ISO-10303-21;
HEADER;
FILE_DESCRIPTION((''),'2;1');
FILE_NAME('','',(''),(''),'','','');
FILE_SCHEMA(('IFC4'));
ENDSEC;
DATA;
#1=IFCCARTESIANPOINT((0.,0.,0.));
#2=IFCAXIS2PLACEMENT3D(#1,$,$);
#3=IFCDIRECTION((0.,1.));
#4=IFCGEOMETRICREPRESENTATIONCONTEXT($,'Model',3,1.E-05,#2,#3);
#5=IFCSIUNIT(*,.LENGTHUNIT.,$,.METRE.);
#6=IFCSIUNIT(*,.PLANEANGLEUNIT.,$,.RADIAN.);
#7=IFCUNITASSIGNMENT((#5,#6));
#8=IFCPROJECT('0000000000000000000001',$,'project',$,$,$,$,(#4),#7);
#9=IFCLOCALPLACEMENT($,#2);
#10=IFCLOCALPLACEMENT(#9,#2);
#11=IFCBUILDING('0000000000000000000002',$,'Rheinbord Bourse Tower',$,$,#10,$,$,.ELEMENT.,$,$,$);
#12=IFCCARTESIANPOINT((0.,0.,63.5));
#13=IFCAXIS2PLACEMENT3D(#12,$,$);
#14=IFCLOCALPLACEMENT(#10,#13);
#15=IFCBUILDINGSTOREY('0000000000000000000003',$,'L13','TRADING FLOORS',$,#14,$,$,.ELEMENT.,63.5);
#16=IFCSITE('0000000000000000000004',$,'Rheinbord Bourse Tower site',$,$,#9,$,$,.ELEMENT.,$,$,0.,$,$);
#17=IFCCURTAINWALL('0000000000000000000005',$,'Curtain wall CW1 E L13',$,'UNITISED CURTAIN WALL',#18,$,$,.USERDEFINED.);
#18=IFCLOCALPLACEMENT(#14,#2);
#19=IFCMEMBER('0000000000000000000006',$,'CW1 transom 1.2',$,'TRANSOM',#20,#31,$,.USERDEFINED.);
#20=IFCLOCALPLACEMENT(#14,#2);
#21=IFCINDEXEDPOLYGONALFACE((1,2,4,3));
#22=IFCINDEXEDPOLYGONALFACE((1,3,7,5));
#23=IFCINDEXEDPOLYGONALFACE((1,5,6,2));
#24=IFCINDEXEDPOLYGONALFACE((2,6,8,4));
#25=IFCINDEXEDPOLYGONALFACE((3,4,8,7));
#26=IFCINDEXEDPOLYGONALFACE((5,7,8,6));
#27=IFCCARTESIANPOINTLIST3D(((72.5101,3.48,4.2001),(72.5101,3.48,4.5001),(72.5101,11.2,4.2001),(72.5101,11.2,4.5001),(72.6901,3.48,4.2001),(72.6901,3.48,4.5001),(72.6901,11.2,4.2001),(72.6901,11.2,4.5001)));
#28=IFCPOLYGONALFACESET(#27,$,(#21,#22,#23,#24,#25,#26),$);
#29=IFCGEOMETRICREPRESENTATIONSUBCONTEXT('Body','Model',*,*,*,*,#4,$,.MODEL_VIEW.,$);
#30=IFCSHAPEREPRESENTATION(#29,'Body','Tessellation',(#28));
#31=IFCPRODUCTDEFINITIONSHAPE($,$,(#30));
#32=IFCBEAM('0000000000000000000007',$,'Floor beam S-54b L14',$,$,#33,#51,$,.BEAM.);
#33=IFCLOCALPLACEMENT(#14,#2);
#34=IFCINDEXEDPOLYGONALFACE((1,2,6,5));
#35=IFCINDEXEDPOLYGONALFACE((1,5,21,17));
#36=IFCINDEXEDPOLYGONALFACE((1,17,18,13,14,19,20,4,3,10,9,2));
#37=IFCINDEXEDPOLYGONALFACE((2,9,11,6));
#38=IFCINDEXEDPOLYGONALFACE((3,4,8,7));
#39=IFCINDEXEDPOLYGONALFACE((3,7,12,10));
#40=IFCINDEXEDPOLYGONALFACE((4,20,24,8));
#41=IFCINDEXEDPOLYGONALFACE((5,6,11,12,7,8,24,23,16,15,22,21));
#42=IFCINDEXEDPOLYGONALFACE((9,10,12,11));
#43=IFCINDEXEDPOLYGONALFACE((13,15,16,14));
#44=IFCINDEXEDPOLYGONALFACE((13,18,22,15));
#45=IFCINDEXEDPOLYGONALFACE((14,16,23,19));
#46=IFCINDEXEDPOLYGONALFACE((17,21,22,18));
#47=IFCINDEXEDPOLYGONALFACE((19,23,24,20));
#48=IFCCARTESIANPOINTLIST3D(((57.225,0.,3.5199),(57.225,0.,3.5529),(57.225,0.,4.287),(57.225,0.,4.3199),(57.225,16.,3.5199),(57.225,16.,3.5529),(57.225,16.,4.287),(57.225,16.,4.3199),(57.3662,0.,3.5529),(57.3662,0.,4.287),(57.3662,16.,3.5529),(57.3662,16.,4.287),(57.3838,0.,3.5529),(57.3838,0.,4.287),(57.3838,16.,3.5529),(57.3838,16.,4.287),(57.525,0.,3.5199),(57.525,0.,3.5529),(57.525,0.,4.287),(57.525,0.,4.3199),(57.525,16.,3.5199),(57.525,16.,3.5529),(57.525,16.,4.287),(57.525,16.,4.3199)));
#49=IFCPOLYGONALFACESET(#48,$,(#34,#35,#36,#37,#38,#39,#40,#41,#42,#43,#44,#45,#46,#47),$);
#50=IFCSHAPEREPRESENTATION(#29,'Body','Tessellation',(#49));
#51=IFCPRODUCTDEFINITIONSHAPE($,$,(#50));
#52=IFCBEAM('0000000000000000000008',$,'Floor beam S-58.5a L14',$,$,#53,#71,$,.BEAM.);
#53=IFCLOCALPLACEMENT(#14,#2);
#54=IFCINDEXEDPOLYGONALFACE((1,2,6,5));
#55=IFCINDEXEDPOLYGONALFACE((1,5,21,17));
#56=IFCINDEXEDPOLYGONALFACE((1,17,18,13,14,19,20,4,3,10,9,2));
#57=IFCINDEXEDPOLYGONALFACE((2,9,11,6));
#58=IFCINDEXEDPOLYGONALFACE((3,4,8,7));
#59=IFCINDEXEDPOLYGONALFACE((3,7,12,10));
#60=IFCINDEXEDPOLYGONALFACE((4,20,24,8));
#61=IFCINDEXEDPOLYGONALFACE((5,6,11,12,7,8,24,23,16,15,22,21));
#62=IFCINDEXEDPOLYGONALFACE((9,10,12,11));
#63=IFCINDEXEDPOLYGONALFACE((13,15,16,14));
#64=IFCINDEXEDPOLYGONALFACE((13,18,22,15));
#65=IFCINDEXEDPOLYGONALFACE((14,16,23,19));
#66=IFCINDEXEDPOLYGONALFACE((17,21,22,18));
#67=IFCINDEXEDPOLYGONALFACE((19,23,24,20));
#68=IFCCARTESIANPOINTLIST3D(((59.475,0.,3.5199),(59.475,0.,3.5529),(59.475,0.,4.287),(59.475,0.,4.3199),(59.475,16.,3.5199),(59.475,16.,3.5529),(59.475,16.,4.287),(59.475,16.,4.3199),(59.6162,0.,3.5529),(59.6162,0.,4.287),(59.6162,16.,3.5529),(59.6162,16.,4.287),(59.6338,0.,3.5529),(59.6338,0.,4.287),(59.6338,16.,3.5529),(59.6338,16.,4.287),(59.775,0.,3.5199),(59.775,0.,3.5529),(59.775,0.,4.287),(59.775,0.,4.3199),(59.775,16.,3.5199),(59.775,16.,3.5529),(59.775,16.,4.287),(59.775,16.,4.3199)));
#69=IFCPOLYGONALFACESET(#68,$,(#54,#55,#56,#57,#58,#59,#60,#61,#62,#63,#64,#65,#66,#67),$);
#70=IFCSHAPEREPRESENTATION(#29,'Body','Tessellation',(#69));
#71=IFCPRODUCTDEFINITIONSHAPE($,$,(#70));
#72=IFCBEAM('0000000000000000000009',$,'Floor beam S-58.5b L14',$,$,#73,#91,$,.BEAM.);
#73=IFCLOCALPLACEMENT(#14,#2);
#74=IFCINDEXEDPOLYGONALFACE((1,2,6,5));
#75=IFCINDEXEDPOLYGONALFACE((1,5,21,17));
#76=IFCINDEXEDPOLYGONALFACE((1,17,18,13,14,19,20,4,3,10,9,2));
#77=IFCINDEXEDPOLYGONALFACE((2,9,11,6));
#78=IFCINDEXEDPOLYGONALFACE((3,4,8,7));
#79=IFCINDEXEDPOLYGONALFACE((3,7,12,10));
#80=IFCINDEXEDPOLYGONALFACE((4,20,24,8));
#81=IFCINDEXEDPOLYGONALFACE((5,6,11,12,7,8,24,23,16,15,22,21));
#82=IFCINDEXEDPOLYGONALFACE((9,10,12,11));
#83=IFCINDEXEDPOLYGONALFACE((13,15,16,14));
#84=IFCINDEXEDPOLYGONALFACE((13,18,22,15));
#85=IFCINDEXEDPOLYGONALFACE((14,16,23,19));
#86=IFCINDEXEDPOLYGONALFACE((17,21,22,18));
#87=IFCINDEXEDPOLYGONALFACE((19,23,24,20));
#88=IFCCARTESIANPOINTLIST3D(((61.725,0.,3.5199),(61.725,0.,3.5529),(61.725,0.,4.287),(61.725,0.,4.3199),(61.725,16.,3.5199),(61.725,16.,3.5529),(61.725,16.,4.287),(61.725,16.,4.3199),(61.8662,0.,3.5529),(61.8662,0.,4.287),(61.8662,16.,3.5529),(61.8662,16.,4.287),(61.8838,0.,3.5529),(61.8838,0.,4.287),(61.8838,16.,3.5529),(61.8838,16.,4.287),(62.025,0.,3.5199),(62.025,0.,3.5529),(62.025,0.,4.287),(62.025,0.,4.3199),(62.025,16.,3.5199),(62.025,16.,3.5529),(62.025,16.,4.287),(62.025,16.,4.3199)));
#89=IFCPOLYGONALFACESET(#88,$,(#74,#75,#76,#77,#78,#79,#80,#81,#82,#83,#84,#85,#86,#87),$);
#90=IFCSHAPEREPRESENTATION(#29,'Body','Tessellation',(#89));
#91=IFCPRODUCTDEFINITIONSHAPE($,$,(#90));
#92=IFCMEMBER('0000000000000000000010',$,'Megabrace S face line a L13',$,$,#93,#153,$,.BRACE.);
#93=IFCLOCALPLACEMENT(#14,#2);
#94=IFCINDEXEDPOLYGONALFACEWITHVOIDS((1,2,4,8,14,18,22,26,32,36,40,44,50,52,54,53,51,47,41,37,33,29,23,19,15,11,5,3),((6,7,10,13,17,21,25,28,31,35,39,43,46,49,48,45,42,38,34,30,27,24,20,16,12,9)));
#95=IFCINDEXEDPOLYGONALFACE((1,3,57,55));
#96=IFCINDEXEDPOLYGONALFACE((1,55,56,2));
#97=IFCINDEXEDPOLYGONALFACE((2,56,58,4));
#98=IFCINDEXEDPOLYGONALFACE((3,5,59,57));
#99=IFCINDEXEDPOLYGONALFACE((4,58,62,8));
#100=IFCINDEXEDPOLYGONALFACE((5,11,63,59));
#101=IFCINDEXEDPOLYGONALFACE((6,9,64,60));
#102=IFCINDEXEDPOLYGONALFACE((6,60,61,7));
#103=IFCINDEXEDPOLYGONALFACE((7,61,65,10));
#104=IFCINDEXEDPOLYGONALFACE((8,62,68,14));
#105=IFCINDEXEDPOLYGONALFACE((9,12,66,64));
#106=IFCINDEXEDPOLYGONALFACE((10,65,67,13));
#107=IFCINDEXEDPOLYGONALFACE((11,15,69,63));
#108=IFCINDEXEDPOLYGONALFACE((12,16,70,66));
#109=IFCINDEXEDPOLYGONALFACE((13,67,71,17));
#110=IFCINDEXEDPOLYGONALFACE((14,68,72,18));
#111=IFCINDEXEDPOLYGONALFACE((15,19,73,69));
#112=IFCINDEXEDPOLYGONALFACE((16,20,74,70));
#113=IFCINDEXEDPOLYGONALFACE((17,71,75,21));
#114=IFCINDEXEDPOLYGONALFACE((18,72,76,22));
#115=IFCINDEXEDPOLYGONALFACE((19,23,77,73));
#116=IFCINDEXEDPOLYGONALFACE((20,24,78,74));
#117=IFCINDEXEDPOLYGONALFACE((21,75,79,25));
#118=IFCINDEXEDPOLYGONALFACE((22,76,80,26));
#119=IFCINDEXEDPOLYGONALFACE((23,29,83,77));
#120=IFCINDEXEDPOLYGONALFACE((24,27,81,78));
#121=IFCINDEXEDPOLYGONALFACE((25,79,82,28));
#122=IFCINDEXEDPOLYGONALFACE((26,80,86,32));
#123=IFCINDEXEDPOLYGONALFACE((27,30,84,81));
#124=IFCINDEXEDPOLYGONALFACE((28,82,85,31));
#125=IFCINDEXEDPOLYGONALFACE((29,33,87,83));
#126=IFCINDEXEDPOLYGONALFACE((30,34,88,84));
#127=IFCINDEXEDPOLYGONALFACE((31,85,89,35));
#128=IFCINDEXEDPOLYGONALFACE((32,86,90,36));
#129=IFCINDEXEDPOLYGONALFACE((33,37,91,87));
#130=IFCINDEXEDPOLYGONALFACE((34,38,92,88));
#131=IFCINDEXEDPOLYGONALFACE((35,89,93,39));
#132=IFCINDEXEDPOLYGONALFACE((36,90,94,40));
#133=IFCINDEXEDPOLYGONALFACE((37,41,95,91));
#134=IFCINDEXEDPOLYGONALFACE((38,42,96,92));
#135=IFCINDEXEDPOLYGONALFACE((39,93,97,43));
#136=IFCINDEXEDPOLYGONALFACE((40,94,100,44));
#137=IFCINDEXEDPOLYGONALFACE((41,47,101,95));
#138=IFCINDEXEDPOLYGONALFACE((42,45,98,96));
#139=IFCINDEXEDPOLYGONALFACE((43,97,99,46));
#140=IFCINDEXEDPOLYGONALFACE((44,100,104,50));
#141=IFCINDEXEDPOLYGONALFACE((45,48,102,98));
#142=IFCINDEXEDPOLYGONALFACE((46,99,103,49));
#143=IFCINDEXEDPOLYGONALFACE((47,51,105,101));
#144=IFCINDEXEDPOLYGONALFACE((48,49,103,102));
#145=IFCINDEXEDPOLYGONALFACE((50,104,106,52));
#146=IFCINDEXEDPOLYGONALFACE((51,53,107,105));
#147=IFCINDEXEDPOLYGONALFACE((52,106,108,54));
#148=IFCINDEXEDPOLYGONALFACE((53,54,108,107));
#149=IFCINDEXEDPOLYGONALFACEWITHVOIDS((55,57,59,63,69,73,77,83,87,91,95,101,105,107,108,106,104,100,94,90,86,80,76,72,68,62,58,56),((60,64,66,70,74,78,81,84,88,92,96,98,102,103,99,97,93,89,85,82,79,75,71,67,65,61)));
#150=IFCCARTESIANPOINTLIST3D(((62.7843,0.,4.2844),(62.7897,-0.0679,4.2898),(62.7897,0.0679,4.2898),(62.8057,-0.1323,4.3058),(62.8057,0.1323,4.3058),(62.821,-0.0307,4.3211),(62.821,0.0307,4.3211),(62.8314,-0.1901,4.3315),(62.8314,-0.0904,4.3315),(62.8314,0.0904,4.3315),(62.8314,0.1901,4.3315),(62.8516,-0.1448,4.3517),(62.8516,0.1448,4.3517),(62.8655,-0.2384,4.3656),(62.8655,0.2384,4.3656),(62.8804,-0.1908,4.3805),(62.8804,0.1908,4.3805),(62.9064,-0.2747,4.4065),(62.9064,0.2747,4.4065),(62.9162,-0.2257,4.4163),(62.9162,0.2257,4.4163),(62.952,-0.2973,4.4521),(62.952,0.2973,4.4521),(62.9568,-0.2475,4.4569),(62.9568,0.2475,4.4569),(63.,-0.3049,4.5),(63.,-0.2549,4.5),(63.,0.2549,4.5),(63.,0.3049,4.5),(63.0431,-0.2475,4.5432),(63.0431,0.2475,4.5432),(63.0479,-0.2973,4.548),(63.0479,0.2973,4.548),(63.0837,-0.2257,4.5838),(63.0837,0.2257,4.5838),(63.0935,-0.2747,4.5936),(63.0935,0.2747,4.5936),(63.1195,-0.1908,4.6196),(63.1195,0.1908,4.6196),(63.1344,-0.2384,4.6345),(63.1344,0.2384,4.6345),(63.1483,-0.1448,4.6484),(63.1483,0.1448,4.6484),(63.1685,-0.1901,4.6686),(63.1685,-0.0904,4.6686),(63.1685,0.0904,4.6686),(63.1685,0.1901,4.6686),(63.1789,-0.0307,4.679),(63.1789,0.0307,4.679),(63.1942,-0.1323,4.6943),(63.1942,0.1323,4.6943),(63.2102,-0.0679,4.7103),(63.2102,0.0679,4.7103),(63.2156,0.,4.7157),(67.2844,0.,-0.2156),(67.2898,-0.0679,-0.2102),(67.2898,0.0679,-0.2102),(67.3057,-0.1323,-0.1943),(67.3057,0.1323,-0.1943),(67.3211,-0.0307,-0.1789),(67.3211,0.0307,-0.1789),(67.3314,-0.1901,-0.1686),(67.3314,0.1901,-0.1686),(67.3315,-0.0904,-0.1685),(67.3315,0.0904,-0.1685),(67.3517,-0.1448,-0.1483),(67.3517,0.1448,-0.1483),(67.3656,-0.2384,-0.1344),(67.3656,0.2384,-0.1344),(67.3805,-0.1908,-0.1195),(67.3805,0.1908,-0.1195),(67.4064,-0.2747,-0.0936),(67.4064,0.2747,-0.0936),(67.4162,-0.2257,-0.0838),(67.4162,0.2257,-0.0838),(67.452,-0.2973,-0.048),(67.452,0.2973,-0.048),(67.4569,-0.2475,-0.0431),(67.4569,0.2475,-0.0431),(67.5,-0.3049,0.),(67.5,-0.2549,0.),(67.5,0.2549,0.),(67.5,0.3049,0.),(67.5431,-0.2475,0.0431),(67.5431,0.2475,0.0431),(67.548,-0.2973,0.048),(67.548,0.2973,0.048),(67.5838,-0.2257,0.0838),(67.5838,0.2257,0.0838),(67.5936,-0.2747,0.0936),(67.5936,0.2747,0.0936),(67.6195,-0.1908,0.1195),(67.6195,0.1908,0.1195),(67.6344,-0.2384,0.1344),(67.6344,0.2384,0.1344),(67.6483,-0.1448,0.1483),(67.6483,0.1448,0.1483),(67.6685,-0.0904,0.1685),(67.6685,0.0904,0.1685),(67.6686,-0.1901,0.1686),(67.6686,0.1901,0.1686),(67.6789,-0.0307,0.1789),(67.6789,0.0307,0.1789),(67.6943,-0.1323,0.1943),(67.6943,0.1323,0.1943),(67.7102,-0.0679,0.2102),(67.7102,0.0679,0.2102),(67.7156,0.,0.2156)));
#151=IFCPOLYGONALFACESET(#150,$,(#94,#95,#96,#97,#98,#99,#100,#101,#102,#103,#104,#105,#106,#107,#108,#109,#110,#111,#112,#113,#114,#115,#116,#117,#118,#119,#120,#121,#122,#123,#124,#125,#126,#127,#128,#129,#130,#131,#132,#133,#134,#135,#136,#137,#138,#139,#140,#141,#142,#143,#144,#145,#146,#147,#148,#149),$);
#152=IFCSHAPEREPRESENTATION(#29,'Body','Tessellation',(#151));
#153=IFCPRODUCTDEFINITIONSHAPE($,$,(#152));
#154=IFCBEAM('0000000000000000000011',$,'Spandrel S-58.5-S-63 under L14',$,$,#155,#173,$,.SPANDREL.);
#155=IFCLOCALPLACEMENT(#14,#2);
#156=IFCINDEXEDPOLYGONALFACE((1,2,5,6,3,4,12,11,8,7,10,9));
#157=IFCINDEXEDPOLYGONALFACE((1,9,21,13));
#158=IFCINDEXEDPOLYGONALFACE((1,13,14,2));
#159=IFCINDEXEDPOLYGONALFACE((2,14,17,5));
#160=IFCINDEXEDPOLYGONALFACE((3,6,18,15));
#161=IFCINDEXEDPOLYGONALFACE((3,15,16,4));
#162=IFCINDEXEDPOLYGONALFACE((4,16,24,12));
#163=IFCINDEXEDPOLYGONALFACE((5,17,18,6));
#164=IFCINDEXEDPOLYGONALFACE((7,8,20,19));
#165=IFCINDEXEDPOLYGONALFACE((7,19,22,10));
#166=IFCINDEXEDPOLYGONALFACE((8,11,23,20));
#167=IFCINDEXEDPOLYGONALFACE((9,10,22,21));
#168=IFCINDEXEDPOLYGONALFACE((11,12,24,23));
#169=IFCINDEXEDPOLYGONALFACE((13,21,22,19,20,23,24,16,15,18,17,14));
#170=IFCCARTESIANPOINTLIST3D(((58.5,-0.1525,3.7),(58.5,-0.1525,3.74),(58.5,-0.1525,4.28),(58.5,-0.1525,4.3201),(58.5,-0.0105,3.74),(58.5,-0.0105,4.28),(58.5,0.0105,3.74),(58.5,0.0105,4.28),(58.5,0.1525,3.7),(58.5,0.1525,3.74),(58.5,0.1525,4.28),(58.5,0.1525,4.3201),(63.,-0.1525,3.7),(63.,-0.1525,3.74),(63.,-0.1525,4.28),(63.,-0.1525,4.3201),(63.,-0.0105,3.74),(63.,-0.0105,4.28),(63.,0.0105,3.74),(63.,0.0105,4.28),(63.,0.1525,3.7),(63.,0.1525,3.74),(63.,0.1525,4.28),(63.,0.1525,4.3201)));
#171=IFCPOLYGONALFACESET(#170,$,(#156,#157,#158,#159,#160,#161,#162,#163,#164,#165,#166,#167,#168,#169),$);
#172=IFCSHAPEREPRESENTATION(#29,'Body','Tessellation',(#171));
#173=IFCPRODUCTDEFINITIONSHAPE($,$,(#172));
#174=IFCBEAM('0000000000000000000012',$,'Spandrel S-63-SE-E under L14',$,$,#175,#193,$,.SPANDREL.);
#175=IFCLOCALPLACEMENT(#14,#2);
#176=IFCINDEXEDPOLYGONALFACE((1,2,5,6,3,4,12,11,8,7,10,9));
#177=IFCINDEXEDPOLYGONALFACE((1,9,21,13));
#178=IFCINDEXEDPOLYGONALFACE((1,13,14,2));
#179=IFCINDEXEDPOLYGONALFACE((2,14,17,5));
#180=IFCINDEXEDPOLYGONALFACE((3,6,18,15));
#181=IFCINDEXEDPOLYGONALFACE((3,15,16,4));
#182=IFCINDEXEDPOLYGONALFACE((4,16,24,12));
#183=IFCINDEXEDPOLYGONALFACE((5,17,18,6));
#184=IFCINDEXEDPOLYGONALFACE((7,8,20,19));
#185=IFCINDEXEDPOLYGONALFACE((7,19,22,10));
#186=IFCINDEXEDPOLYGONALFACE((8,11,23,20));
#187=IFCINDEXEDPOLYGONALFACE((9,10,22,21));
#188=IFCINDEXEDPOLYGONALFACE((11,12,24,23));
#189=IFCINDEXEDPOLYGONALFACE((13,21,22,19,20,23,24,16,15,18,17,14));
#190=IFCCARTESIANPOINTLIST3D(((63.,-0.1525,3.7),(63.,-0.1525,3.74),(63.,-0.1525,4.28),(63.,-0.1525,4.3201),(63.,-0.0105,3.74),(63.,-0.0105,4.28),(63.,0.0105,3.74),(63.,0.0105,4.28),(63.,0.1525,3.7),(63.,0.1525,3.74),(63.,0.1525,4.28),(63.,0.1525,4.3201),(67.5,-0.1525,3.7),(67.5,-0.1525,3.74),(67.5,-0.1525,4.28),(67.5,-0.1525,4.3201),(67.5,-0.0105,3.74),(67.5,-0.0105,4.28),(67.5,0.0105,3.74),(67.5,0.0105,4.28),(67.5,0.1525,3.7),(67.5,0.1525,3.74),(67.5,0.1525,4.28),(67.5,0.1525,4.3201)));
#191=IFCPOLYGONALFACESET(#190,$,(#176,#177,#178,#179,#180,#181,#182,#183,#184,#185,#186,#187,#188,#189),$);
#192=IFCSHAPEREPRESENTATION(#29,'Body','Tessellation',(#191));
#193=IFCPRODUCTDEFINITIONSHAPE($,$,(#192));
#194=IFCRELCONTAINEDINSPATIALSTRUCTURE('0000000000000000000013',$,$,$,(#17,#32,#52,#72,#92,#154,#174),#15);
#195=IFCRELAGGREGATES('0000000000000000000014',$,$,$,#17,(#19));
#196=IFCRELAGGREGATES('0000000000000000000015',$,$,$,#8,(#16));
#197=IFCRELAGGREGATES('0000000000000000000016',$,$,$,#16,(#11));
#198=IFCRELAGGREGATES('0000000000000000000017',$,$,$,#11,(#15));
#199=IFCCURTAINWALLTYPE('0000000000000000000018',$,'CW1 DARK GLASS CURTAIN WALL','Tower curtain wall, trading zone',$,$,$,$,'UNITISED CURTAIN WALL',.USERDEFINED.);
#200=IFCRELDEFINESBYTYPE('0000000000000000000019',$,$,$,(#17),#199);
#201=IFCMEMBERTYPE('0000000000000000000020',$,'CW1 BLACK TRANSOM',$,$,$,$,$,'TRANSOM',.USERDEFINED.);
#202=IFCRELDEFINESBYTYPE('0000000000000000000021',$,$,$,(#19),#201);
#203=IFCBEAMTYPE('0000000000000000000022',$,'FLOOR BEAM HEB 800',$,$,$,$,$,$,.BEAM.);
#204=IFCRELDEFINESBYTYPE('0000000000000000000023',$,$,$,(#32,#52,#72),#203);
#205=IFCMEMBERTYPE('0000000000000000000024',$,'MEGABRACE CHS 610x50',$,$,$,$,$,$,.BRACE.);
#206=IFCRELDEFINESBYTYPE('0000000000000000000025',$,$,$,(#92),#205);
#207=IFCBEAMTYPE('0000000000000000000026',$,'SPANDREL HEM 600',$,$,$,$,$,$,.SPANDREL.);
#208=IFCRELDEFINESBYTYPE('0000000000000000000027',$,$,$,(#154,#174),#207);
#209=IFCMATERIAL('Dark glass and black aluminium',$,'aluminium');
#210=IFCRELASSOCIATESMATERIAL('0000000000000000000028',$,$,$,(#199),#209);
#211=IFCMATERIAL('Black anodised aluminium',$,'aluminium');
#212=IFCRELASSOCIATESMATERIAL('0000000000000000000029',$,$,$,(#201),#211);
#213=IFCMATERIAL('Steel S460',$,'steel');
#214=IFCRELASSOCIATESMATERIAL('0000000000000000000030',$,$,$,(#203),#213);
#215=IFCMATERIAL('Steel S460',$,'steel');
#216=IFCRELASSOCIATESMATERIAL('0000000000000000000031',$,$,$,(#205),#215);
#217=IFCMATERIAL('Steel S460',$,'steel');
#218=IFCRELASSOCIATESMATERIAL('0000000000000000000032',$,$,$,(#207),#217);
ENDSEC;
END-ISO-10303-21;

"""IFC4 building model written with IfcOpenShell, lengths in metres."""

from ifc_helpers import new_model, si_unit, direction, frame, origin, origin_2d, place, context, subcontext, project, spatial, rectangle, hollow_circle, i_section, extrude, material, material_profile, profile_set, type_object, element, aggregate, save


model = new_model("IFC4")

# Units and contexts
model_context = context("Model", 3, precision=1e-05, world=origin(), true_north=direction((0.0, 1.0)))
body_context = subcontext(model_context, "Body", "Model", "MODEL_VIEW")
ifc_project = project(units=[si_unit("LENGTHUNIT", "METRE"), si_unit("PLANEANGLEUNIT", "RADIAN")], contexts=[model_context])

# Site, building, storey
site_placement = place(None, origin())
site = spatial("IfcSite", under=ifc_project, at=site_placement, Name="Rheinbord Bourse Tower site", CompositionType="ELEMENT", RefElevation=0.0)
building_placement = place(site_placement, origin())
building = spatial("IfcBuilding", under=site, at=building_placement, Name="Rheinbord Bourse Tower", CompositionType="ELEMENT")
storey_placement = place(building_placement, frame((0.0, 0.0, 63.5)))
storey = spatial("IfcBuildingStorey", under=building, at=storey_placement, Name="L13", Description="TRADING FLOORS", CompositionType="ELEMENT", Elevation=63.5)

# Shared definitions
ifc_material_1 = material(Name="Dark glass and black aluminium", Category="aluminium")
curtain_wall_type = type_object("IfcCurtainWallType", Name="CW1 DARK GLASS CURTAIN WALL", Description="Tower curtain wall, trading zone", ElementType="UNITISED CURTAIN WALL", PredefinedType="USERDEFINED", material=ifc_material_1)

# Curtain wall
curtain_wall_1_placement = place(storey_placement, origin())
curtain_wall_1 = element("IfcCurtainWall", 1, at=curtain_wall_1_placement, inside=storey, type_object=curtain_wall_type, Name="Curtain wall CW1 E L13", ObjectType="UNITISED CURTAIN WALL", PredefinedType="USERDEFINED")

# Member
ifc_material_2 = material(Name="Black anodised aluminium", Category="aluminium")
ifc_material_profile_1 = material_profile(ifc_material_2, rectangle(XDim=0.1799, YDim=0.3, at=origin_2d()), Name="CW1 TRANSOM 300x180")
ifc_profile_set_1 = profile_set([ifc_material_profile_1], Name="Black anodised aluminium")
member_type_1 = type_object("IfcMemberType", Name="CW1 BLACK TRANSOM", ElementType="TRANSOM", PredefinedType="USERDEFINED", material=ifc_profile_set_1)
member_1_placement = place(storey_placement, frame((72.6001, 3.48, 4.3501), z_axis=(0.0, 1.0, 0.0), x_axis=(-1.0, 0.0, 0.0)))
member_1 = element("IfcMember", 2, at=member_1_placement, type_object=member_type_1, Name="CW1 transom 1.2", ObjectType="TRANSOM", PredefinedType="USERDEFINED", context=body_context, shape_type="SweptSolid", body=[
    extrude(rectangle(XDim=0.1799, YDim=0.3, at=origin_2d()), origin(), (0.0, 0.0, 1.0), 7.72),
])

# Beams
ifc_material_3 = material(Name="Steel S460", Category="steel")
ifc_material_profile_2 = material_profile(ifc_material_3, i_section(OverallWidth=0.3, OverallDepth=0.8, WebThickness=0.0176, FlangeThickness=0.033, at=origin_2d()), Name="HEB 800")
ifc_profile_set_2 = profile_set([ifc_material_profile_2], Name="Steel S460")
beam_type_1 = type_object("IfcBeamType", Name="FLOOR BEAM HEB 800", PredefinedType="BEAM", material=ifc_profile_set_2)
for number, where, z_axis, x_axis, name in (
    (3, (57.375, 0.0, 3.9199), (0.0, 1.0, 0.0), (-1.0, 0.0, 0.0), "Floor beam S-54b L14"),
    (4, (59.625, 0.0, 3.9199), (0.0, 1.0, 0.0), (-1.0, 0.0, 0.0), "Floor beam S-58.5a L14"),
    (5, (61.875, 0.0, 3.9199), (0.0, 1.0, 0.0), (-1.0, 0.0, 0.0), "Floor beam S-58.5b L14"),
):
    element("IfcBeam", number, at=place(storey_placement, frame(where, z_axis=z_axis, x_axis=x_axis)), inside=storey, type_object=beam_type_1, Name=name, PredefinedType="BEAM", context=body_context, shape_type="SweptSolid", body=[
        extrude(i_section(OverallWidth=0.3, OverallDepth=0.8, WebThickness=0.0176, FlangeThickness=0.033, at=origin_2d()), origin(), (0.0, 0.0, 1.0), 16.0),
    ])

# Member
ifc_material_4 = material(Name="Steel S460", Category="steel")
ifc_material_profile_3 = material_profile(ifc_material_4, hollow_circle(Radius=0.3049, WallThickness=0.05, at=origin_2d()), Name="CHS 610x50")
ifc_profile_set_3 = profile_set([ifc_material_profile_3], Name="Steel S460")
member_type_2 = type_object("IfcMemberType", Name="MEGABRACE CHS 610x50", PredefinedType="BRACE", material=ifc_profile_set_3)
member_2_placement = place(storey_placement, frame((67.5, 0.0, 0.0), z_axis=(-0.707107, 0.0, 0.707107), x_axis=(0.0, -1.0, 0.0)))
element("IfcMember", 6, at=member_2_placement, inside=storey, type_object=member_type_2, Name="Megabrace S face line a L13", PredefinedType="BRACE", context=body_context, shape_type="SweptSolid", body=[
    extrude(hollow_circle(Radius=0.3049, WallThickness=0.05, at=origin_2d()), origin(), (0.0, 0.0, 1.0), 6.364),
])

# Beams
ifc_material_5 = material(Name="Steel S460", Category="steel")
ifc_material_profile_4 = material_profile(ifc_material_5, i_section(OverallWidth=0.3049, OverallDepth=0.6201, WebThickness=0.021, FlangeThickness=0.04, at=origin_2d()), Name="HEM 600")
ifc_profile_set_4 = profile_set([ifc_material_profile_4], Name="Steel S460")
beam_type_2 = type_object("IfcBeamType", Name="SPANDREL HEM 600", PredefinedType="SPANDREL", material=ifc_profile_set_4)
for number, where, z_axis, x_axis, name in (
    (7, (58.5, 0.0, 4.01), (1.0, 0.0, 0.0), (0.0, 1.0, 0.0), "Spandrel S-58.5-S-63 under L14"),
    (8, (63.0, 0.0, 4.01), (1.0, 0.0, 0.0), (0.0, 1.0, 0.0), "Spandrel S-63-SE-E under L14"),
):
    element("IfcBeam", number, at=place(storey_placement, frame(where, z_axis=z_axis, x_axis=x_axis)), inside=storey, type_object=beam_type_2, Name=name, PredefinedType="SPANDREL", context=body_context, shape_type="SweptSolid", body=[
        extrude(i_section(OverallWidth=0.3049, OverallDepth=0.6201, WebThickness=0.021, FlangeThickness=0.04, at=origin_2d()), origin(), (0.0, 0.0, 1.0), 4.5),
    ])

aggregate(curtain_wall_1, [member_1])

save(model, "model.ifc")
